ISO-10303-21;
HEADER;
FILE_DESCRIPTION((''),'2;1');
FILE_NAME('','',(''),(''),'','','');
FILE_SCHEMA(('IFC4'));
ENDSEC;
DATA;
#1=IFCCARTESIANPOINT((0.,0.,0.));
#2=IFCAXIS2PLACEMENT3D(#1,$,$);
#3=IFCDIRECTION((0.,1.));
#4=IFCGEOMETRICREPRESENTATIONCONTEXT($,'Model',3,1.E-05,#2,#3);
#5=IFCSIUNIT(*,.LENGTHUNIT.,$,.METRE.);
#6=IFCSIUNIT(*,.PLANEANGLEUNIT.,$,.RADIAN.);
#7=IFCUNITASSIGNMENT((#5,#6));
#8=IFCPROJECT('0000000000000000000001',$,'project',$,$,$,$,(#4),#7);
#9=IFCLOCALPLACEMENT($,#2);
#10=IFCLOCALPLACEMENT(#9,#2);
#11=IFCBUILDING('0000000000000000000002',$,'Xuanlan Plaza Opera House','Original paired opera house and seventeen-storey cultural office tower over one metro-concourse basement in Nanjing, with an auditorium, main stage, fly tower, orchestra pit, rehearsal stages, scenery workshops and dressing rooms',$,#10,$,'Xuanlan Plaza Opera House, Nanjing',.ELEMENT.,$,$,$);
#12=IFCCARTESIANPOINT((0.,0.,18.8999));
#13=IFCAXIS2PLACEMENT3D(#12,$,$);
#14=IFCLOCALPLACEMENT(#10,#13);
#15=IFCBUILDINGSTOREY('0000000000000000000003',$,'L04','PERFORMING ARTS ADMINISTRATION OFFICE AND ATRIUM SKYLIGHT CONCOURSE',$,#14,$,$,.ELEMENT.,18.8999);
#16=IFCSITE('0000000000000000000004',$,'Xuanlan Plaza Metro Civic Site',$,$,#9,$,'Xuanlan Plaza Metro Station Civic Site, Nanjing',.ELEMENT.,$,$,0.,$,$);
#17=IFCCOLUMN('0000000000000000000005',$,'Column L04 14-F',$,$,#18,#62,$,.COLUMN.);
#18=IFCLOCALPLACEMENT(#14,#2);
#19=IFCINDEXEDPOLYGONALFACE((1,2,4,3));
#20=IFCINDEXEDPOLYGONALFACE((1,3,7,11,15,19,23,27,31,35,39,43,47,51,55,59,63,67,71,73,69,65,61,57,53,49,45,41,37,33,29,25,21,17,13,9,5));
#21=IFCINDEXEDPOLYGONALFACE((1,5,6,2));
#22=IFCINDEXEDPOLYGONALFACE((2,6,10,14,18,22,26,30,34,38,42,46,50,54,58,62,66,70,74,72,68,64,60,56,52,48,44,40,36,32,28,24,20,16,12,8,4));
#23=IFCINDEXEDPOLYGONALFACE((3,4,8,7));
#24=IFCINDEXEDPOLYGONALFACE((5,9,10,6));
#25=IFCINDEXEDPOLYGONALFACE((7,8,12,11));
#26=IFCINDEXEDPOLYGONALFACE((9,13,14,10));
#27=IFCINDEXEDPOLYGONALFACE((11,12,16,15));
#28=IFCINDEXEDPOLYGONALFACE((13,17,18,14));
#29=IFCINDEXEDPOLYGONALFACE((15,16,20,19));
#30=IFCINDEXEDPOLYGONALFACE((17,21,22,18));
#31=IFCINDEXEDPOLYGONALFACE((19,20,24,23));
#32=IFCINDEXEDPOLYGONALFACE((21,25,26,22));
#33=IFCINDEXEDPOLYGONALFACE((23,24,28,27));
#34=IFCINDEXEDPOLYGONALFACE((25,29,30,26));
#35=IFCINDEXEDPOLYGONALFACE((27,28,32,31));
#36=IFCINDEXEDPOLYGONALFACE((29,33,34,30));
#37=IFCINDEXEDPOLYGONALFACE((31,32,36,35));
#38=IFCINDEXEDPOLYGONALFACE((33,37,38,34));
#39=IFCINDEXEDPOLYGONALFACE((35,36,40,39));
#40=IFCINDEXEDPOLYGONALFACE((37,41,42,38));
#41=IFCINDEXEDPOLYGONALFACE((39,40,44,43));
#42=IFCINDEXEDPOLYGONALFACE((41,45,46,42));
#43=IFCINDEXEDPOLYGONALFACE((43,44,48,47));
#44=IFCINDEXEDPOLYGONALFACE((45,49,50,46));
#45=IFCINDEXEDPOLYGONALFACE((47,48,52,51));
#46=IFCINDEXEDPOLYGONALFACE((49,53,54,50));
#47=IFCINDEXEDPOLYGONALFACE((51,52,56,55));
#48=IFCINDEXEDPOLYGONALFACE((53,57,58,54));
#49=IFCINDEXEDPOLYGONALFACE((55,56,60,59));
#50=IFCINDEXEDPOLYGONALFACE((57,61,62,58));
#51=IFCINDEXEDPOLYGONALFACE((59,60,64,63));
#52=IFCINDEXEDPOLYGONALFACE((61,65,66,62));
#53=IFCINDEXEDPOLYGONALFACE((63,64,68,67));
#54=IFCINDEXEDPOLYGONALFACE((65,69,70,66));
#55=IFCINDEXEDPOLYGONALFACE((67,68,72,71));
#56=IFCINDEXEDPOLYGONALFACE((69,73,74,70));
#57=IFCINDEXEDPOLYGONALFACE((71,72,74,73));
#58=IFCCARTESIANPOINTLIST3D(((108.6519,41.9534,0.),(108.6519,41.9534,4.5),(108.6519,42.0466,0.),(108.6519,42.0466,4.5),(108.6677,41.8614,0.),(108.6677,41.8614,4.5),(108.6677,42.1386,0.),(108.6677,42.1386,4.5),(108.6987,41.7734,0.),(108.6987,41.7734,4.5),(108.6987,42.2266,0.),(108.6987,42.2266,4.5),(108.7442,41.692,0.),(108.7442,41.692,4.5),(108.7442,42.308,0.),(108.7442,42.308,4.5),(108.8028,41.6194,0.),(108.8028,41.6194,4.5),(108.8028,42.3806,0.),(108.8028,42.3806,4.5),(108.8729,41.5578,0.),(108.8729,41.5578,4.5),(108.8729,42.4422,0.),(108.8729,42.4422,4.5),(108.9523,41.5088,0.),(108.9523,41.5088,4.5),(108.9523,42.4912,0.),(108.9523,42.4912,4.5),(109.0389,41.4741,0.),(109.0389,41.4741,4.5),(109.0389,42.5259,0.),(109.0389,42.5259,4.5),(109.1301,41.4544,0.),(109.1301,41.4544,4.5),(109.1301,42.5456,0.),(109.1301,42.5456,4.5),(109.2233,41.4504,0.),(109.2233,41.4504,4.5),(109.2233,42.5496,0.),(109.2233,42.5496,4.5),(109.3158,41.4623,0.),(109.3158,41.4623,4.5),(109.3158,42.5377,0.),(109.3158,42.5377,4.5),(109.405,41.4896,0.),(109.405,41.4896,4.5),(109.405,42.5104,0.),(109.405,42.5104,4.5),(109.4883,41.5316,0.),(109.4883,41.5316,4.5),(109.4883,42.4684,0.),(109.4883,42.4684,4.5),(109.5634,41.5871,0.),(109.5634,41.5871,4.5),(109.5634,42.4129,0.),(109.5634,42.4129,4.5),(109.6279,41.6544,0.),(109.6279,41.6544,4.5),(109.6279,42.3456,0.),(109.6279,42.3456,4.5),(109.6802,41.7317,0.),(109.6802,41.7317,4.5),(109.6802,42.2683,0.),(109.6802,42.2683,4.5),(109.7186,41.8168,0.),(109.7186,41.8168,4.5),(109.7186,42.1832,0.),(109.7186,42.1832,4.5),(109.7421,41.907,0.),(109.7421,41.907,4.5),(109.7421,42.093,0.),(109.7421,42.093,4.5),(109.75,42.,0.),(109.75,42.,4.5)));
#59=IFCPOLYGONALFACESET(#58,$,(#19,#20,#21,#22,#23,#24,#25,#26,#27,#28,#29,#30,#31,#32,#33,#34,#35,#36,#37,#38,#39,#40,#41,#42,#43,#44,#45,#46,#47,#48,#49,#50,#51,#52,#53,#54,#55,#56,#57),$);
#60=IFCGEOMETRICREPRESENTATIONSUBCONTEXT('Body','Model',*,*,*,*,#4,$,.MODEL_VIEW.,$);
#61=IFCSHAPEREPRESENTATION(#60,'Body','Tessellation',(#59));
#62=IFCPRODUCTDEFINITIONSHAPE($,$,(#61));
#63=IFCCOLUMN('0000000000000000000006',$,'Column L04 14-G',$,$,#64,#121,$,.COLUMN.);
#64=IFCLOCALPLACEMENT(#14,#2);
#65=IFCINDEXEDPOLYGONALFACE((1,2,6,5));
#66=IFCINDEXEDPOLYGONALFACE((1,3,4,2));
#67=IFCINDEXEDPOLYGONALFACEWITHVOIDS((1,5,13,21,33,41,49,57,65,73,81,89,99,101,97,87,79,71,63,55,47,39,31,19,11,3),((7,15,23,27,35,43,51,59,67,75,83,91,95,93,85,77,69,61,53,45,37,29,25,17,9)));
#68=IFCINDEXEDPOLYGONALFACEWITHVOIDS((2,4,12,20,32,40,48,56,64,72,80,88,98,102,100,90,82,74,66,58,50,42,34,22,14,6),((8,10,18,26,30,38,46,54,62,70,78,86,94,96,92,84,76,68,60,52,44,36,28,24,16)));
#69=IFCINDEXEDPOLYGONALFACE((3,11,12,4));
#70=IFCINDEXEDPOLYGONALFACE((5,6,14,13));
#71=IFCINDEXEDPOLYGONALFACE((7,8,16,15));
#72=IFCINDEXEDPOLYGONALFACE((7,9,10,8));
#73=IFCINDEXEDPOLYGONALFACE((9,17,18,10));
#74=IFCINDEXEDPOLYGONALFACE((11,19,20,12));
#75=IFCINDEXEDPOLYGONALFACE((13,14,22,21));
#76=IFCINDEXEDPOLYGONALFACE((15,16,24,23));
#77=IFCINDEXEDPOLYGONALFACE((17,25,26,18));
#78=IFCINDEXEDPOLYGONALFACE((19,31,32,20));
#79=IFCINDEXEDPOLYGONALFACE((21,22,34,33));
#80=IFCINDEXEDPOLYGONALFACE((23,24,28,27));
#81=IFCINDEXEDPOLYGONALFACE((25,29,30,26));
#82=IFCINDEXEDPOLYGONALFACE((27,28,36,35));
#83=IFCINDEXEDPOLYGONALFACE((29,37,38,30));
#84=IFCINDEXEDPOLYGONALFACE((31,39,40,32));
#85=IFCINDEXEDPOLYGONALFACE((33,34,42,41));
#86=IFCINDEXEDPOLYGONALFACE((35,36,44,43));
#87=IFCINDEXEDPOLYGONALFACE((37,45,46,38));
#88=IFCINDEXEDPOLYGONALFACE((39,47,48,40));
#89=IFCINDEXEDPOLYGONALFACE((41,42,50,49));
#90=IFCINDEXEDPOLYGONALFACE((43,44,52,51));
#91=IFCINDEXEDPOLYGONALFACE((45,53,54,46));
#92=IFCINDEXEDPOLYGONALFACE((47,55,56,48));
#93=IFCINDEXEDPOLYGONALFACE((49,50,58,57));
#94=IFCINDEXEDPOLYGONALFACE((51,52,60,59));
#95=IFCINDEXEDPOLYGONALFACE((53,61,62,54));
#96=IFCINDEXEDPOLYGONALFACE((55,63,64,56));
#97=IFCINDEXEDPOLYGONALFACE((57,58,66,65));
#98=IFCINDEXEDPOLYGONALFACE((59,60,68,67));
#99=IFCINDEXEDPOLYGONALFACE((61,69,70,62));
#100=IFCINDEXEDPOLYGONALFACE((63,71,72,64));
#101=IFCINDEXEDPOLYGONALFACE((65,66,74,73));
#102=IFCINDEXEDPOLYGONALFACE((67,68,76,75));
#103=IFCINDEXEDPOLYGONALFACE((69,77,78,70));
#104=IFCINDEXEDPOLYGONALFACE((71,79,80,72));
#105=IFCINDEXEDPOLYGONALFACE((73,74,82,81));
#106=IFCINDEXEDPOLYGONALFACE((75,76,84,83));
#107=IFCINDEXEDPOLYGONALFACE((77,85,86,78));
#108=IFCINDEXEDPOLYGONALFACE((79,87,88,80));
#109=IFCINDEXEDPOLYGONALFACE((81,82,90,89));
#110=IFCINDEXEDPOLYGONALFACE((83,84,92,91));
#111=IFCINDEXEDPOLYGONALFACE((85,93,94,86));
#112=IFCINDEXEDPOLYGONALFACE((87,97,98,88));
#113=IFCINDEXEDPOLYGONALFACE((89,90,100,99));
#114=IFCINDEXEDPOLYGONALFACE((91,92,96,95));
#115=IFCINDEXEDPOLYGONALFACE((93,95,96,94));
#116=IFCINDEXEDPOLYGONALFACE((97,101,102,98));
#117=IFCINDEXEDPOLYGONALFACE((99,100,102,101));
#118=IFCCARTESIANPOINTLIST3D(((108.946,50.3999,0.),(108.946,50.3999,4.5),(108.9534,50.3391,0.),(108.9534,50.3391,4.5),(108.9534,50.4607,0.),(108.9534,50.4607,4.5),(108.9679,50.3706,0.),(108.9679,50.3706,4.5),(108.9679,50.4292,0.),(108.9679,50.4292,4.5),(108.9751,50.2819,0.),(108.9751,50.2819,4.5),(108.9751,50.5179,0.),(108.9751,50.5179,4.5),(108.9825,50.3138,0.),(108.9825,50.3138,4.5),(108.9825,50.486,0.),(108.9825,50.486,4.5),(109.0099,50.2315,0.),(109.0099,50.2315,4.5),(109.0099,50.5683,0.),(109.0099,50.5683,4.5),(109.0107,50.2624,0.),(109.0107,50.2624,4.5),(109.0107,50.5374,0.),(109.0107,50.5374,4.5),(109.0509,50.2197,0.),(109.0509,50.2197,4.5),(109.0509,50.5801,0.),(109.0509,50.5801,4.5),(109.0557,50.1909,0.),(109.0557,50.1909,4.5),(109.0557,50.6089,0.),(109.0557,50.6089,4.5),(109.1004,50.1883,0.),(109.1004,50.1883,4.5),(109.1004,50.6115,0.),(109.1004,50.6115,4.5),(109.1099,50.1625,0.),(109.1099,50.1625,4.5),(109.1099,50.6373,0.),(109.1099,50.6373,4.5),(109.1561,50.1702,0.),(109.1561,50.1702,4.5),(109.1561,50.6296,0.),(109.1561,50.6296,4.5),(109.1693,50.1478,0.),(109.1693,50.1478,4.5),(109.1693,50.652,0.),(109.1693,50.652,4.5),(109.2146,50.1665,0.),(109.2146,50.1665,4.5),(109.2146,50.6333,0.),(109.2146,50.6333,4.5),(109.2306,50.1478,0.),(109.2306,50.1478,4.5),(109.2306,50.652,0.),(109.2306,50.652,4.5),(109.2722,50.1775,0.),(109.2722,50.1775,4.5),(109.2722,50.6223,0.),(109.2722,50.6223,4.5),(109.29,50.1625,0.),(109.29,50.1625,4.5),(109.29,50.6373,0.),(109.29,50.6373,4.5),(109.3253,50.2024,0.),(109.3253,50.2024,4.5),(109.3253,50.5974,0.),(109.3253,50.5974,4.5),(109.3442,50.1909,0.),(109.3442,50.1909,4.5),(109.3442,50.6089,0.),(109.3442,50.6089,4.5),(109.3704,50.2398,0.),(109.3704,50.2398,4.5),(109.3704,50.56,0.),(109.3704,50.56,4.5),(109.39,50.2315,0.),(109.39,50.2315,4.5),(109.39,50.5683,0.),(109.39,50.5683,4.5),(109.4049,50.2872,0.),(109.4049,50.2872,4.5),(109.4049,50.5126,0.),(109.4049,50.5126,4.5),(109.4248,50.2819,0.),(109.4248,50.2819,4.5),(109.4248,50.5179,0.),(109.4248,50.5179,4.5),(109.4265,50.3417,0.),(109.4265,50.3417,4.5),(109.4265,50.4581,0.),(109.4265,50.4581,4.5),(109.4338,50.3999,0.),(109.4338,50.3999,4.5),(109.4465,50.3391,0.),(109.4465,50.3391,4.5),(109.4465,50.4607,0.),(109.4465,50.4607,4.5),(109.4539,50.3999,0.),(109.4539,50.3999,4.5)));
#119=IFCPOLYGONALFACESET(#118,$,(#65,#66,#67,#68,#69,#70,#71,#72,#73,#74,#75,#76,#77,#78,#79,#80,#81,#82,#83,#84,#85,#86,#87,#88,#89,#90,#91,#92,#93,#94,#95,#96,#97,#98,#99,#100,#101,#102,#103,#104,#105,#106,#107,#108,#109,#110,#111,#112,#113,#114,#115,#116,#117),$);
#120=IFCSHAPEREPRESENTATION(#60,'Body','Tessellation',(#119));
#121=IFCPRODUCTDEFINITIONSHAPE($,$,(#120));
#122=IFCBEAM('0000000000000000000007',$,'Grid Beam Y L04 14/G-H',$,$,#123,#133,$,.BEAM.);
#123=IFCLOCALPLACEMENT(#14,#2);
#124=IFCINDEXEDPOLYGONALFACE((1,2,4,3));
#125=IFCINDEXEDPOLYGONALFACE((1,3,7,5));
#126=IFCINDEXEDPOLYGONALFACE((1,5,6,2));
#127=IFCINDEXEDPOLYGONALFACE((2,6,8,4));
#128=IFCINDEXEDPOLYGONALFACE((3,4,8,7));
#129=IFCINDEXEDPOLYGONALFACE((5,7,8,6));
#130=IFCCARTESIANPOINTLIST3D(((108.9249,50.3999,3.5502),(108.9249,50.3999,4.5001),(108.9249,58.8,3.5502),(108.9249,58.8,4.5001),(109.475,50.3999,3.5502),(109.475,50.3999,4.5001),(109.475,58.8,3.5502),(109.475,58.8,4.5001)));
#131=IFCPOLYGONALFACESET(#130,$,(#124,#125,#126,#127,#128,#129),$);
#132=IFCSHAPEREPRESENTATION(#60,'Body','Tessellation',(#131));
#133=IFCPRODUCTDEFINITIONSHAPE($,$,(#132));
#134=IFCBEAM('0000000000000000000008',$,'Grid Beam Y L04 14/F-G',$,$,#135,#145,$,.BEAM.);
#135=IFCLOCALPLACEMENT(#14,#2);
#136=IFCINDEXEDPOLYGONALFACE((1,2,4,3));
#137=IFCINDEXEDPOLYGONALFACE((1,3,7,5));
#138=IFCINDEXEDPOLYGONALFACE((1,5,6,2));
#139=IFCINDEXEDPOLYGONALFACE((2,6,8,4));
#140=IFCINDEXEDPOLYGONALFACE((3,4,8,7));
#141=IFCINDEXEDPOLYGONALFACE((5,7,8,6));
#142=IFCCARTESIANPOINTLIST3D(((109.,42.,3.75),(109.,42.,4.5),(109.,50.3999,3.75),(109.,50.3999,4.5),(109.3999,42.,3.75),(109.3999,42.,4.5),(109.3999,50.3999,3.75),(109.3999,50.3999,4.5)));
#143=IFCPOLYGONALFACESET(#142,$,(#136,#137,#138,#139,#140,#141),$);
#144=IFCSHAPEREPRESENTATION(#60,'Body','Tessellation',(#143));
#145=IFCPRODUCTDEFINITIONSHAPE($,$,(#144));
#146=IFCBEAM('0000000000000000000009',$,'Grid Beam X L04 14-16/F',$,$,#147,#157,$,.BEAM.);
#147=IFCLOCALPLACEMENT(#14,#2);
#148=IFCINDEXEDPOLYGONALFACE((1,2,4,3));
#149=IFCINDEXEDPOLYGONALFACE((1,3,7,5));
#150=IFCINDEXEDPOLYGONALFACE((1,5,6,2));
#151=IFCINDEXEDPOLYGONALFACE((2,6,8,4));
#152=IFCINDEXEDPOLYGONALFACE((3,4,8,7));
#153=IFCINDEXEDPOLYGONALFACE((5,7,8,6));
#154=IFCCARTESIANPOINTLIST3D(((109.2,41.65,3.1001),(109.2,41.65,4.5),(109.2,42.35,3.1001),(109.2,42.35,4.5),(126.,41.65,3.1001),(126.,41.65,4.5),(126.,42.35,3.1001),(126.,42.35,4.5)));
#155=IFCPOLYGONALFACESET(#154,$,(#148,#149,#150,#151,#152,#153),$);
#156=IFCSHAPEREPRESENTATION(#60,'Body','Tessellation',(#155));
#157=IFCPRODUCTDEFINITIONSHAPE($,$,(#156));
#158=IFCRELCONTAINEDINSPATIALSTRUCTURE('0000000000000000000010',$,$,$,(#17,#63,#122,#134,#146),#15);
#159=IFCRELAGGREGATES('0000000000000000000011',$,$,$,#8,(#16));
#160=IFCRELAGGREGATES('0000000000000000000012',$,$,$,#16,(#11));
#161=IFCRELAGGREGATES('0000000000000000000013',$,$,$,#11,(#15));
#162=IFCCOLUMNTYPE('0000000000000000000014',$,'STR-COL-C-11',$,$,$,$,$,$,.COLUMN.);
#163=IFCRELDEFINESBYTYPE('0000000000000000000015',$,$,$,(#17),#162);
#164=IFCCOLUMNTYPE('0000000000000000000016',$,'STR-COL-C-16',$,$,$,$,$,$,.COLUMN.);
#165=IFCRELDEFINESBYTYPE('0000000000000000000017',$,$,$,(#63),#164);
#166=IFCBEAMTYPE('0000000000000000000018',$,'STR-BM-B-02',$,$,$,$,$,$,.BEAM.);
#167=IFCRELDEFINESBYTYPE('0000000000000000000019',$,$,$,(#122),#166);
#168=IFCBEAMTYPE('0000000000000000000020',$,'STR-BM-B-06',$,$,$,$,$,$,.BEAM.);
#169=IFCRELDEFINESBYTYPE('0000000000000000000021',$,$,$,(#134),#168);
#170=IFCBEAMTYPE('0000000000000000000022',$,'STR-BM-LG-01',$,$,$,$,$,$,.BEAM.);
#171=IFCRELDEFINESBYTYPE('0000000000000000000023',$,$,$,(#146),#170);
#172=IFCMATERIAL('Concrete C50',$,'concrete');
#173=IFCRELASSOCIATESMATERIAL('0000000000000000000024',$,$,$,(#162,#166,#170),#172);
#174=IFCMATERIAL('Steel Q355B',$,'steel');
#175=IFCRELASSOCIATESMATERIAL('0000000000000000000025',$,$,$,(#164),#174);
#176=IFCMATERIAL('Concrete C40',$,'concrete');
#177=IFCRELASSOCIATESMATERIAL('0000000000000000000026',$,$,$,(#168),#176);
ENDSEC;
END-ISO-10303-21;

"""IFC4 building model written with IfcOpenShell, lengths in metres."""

from ifc_helpers import new_model, si_unit, direction, frame, origin, origin_2d, place, context, subcontext, project, spatial, rectangle, circle, hollow_circle, extrude, material, material_profile, profile_set, type_object, element, save


model = new_model("IFC4")

# Units and contexts
model_context = context("Model", 3, precision=1e-05, world=origin(), true_north=direction((0.0, 1.0)))
body_context = subcontext(model_context, "Body", "Model", "MODEL_VIEW")
ifc_project = project(units=[si_unit("LENGTHUNIT", "METRE"), si_unit("PLANEANGLEUNIT", "RADIAN")], contexts=[model_context])

# Site, building, storey
site_placement = place(None, origin())
site = spatial("IfcSite", under=ifc_project, at=site_placement, Name="Xuanlan Plaza Metro Civic Site", LongName="Xuanlan Plaza Metro Station Civic Site, Nanjing", CompositionType="ELEMENT", RefElevation=0.0)
building_placement = place(site_placement, origin())
building = spatial("IfcBuilding", under=site, at=building_placement, Name="Xuanlan Plaza Opera House", Description="Original paired opera house and seventeen-storey cultural office tower over one metro-concourse basement in Nanjing, with an auditorium, main stage, fly tower, orchestra pit, rehearsal stages, scenery workshops and dressing rooms", LongName="Xuanlan Plaza Opera House, Nanjing", CompositionType="ELEMENT")
storey_placement = place(building_placement, frame((0.0, 0.0, 18.8999)))
storey = spatial("IfcBuildingStorey", under=building, at=storey_placement, Name="L04", Description="PERFORMING ARTS ADMINISTRATION OFFICE AND ATRIUM SKYLIGHT CONCOURSE", CompositionType="ELEMENT", Elevation=18.8999)

# Columns
ifc_material_1 = material(Name="Concrete C50", Category="concrete")
ifc_material_profile_1 = material_profile(ifc_material_1, circle(Radius=0.55, at=origin_2d()), Name="RC-COL D1100")
ifc_profile_set_1 = profile_set([ifc_material_profile_1], Name="Concrete C50")
column_type_1 = type_object("IfcColumnType", Name="STR-COL-C-11", PredefinedType="COLUMN", material=ifc_profile_set_1)
column_1_placement = place(storey_placement, frame((109.2, 42.0, 0.0), z_axis=(0.0, 0.0, 1.0), x_axis=(1.0, 0.0, 0.0)))
element("IfcColumn", 1, at=column_1_placement, inside=storey, type_object=column_type_1, Name="Column L04 14-F", PredefinedType="COLUMN", context=body_context, shape_type="SweptSolid", body=[
    extrude(circle(Radius=0.55, at=origin_2d()), origin(), (0.0, 0.0, 1.0), 4.5),
])
ifc_material_2 = material(Name="Steel Q355B", Category="steel")
ifc_material_profile_2 = material_profile(ifc_material_2, hollow_circle(Radius=0.2539, WallThickness=0.02, at=origin_2d()), Name="CHS 508x20")
ifc_profile_set_2 = profile_set([ifc_material_profile_2], Name="Steel Q355B")
column_type_2 = type_object("IfcColumnType", Name="STR-COL-C-16", PredefinedType="COLUMN", material=ifc_profile_set_2)
column_2_placement = place(storey_placement, frame((109.2, 50.3999, 0.0), z_axis=(0.0, 0.0, 1.0), x_axis=(1.0, 0.0, 0.0)))
element("IfcColumn", 2, at=column_2_placement, inside=storey, type_object=column_type_2, Name="Column L04 14-G", PredefinedType="COLUMN", context=body_context, shape_type="SweptSolid", body=[
    extrude(hollow_circle(Radius=0.2539, WallThickness=0.02, at=origin_2d()), origin(), (0.0, 0.0, 1.0), 4.5),
])

# Beams
ifc_material_profile_3 = material_profile(ifc_material_1, rectangle(XDim=0.55, YDim=0.95, at=origin_2d()), Name="RC-BM 550x950")
ifc_profile_set_3 = profile_set([ifc_material_profile_3], Name="Concrete C50")
beam_type_1 = type_object("IfcBeamType", Name="STR-BM-B-02", PredefinedType="BEAM", material=ifc_profile_set_3)
beam_1_placement = place(storey_placement, frame((109.2, 50.3999, 4.0251), z_axis=(0.0, 1.0, 0.0), x_axis=(-1.0, 0.0, 0.0)))
element("IfcBeam", 3, at=beam_1_placement, inside=storey, type_object=beam_type_1, Name="Grid Beam Y L04 14/G-H", PredefinedType="BEAM", context=body_context, shape_type="SweptSolid", body=[
    extrude(rectangle(XDim=0.55, YDim=0.95, at=origin_2d()), origin(), (0.0, 0.0, 1.0), 8.4001),
])
ifc_material_3 = material(Name="Concrete C40", Category="concrete")
ifc_material_profile_4 = material_profile(ifc_material_3, rectangle(XDim=0.3999, YDim=0.75, at=origin_2d()), Name="RC-BM 400x750")
ifc_profile_set_4 = profile_set([ifc_material_profile_4], Name="Concrete C40")
beam_type_2 = type_object("IfcBeamType", Name="STR-BM-B-06", PredefinedType="BEAM", material=ifc_profile_set_4)
beam_2_placement = place(storey_placement, frame((109.2, 42.0, 4.125), z_axis=(0.0, 1.0, 0.0), x_axis=(-1.0, 0.0, 0.0)))
element("IfcBeam", 4, at=beam_2_placement, inside=storey, type_object=beam_type_2, Name="Grid Beam Y L04 14/F-G", PredefinedType="BEAM", context=body_context, shape_type="SweptSolid", body=[
    extrude(rectangle(XDim=0.3999, YDim=0.75, at=origin_2d()), origin(), (0.0, 0.0, 1.0), 8.3999),
])
ifc_material_profile_5 = material_profile(ifc_material_1, rectangle(XDim=0.7, YDim=1.3999, at=origin_2d()), Name="RC-LG 700x1400")
ifc_profile_set_5 = profile_set([ifc_material_profile_5], Name="Concrete C50")
beam_type_3 = type_object("IfcBeamType", Name="STR-BM-LG-01", PredefinedType="BEAM", material=ifc_profile_set_5)
beam_3_placement = place(storey_placement, frame((109.2, 42.0, 3.8), z_axis=(1.0, 0.0, 0.0), x_axis=(0.0, 1.0, 0.0)))
element("IfcBeam", 5, at=beam_3_placement, inside=storey, type_object=beam_type_3, Name="Grid Beam X L04 14-16/F", PredefinedType="BEAM", context=body_context, shape_type="SweptSolid", body=[
    extrude(rectangle(XDim=0.7, YDim=1.3999, at=origin_2d()), origin(), (0.0, 0.0, 1.0), 16.8),
])

save(model, "model.ifc")
